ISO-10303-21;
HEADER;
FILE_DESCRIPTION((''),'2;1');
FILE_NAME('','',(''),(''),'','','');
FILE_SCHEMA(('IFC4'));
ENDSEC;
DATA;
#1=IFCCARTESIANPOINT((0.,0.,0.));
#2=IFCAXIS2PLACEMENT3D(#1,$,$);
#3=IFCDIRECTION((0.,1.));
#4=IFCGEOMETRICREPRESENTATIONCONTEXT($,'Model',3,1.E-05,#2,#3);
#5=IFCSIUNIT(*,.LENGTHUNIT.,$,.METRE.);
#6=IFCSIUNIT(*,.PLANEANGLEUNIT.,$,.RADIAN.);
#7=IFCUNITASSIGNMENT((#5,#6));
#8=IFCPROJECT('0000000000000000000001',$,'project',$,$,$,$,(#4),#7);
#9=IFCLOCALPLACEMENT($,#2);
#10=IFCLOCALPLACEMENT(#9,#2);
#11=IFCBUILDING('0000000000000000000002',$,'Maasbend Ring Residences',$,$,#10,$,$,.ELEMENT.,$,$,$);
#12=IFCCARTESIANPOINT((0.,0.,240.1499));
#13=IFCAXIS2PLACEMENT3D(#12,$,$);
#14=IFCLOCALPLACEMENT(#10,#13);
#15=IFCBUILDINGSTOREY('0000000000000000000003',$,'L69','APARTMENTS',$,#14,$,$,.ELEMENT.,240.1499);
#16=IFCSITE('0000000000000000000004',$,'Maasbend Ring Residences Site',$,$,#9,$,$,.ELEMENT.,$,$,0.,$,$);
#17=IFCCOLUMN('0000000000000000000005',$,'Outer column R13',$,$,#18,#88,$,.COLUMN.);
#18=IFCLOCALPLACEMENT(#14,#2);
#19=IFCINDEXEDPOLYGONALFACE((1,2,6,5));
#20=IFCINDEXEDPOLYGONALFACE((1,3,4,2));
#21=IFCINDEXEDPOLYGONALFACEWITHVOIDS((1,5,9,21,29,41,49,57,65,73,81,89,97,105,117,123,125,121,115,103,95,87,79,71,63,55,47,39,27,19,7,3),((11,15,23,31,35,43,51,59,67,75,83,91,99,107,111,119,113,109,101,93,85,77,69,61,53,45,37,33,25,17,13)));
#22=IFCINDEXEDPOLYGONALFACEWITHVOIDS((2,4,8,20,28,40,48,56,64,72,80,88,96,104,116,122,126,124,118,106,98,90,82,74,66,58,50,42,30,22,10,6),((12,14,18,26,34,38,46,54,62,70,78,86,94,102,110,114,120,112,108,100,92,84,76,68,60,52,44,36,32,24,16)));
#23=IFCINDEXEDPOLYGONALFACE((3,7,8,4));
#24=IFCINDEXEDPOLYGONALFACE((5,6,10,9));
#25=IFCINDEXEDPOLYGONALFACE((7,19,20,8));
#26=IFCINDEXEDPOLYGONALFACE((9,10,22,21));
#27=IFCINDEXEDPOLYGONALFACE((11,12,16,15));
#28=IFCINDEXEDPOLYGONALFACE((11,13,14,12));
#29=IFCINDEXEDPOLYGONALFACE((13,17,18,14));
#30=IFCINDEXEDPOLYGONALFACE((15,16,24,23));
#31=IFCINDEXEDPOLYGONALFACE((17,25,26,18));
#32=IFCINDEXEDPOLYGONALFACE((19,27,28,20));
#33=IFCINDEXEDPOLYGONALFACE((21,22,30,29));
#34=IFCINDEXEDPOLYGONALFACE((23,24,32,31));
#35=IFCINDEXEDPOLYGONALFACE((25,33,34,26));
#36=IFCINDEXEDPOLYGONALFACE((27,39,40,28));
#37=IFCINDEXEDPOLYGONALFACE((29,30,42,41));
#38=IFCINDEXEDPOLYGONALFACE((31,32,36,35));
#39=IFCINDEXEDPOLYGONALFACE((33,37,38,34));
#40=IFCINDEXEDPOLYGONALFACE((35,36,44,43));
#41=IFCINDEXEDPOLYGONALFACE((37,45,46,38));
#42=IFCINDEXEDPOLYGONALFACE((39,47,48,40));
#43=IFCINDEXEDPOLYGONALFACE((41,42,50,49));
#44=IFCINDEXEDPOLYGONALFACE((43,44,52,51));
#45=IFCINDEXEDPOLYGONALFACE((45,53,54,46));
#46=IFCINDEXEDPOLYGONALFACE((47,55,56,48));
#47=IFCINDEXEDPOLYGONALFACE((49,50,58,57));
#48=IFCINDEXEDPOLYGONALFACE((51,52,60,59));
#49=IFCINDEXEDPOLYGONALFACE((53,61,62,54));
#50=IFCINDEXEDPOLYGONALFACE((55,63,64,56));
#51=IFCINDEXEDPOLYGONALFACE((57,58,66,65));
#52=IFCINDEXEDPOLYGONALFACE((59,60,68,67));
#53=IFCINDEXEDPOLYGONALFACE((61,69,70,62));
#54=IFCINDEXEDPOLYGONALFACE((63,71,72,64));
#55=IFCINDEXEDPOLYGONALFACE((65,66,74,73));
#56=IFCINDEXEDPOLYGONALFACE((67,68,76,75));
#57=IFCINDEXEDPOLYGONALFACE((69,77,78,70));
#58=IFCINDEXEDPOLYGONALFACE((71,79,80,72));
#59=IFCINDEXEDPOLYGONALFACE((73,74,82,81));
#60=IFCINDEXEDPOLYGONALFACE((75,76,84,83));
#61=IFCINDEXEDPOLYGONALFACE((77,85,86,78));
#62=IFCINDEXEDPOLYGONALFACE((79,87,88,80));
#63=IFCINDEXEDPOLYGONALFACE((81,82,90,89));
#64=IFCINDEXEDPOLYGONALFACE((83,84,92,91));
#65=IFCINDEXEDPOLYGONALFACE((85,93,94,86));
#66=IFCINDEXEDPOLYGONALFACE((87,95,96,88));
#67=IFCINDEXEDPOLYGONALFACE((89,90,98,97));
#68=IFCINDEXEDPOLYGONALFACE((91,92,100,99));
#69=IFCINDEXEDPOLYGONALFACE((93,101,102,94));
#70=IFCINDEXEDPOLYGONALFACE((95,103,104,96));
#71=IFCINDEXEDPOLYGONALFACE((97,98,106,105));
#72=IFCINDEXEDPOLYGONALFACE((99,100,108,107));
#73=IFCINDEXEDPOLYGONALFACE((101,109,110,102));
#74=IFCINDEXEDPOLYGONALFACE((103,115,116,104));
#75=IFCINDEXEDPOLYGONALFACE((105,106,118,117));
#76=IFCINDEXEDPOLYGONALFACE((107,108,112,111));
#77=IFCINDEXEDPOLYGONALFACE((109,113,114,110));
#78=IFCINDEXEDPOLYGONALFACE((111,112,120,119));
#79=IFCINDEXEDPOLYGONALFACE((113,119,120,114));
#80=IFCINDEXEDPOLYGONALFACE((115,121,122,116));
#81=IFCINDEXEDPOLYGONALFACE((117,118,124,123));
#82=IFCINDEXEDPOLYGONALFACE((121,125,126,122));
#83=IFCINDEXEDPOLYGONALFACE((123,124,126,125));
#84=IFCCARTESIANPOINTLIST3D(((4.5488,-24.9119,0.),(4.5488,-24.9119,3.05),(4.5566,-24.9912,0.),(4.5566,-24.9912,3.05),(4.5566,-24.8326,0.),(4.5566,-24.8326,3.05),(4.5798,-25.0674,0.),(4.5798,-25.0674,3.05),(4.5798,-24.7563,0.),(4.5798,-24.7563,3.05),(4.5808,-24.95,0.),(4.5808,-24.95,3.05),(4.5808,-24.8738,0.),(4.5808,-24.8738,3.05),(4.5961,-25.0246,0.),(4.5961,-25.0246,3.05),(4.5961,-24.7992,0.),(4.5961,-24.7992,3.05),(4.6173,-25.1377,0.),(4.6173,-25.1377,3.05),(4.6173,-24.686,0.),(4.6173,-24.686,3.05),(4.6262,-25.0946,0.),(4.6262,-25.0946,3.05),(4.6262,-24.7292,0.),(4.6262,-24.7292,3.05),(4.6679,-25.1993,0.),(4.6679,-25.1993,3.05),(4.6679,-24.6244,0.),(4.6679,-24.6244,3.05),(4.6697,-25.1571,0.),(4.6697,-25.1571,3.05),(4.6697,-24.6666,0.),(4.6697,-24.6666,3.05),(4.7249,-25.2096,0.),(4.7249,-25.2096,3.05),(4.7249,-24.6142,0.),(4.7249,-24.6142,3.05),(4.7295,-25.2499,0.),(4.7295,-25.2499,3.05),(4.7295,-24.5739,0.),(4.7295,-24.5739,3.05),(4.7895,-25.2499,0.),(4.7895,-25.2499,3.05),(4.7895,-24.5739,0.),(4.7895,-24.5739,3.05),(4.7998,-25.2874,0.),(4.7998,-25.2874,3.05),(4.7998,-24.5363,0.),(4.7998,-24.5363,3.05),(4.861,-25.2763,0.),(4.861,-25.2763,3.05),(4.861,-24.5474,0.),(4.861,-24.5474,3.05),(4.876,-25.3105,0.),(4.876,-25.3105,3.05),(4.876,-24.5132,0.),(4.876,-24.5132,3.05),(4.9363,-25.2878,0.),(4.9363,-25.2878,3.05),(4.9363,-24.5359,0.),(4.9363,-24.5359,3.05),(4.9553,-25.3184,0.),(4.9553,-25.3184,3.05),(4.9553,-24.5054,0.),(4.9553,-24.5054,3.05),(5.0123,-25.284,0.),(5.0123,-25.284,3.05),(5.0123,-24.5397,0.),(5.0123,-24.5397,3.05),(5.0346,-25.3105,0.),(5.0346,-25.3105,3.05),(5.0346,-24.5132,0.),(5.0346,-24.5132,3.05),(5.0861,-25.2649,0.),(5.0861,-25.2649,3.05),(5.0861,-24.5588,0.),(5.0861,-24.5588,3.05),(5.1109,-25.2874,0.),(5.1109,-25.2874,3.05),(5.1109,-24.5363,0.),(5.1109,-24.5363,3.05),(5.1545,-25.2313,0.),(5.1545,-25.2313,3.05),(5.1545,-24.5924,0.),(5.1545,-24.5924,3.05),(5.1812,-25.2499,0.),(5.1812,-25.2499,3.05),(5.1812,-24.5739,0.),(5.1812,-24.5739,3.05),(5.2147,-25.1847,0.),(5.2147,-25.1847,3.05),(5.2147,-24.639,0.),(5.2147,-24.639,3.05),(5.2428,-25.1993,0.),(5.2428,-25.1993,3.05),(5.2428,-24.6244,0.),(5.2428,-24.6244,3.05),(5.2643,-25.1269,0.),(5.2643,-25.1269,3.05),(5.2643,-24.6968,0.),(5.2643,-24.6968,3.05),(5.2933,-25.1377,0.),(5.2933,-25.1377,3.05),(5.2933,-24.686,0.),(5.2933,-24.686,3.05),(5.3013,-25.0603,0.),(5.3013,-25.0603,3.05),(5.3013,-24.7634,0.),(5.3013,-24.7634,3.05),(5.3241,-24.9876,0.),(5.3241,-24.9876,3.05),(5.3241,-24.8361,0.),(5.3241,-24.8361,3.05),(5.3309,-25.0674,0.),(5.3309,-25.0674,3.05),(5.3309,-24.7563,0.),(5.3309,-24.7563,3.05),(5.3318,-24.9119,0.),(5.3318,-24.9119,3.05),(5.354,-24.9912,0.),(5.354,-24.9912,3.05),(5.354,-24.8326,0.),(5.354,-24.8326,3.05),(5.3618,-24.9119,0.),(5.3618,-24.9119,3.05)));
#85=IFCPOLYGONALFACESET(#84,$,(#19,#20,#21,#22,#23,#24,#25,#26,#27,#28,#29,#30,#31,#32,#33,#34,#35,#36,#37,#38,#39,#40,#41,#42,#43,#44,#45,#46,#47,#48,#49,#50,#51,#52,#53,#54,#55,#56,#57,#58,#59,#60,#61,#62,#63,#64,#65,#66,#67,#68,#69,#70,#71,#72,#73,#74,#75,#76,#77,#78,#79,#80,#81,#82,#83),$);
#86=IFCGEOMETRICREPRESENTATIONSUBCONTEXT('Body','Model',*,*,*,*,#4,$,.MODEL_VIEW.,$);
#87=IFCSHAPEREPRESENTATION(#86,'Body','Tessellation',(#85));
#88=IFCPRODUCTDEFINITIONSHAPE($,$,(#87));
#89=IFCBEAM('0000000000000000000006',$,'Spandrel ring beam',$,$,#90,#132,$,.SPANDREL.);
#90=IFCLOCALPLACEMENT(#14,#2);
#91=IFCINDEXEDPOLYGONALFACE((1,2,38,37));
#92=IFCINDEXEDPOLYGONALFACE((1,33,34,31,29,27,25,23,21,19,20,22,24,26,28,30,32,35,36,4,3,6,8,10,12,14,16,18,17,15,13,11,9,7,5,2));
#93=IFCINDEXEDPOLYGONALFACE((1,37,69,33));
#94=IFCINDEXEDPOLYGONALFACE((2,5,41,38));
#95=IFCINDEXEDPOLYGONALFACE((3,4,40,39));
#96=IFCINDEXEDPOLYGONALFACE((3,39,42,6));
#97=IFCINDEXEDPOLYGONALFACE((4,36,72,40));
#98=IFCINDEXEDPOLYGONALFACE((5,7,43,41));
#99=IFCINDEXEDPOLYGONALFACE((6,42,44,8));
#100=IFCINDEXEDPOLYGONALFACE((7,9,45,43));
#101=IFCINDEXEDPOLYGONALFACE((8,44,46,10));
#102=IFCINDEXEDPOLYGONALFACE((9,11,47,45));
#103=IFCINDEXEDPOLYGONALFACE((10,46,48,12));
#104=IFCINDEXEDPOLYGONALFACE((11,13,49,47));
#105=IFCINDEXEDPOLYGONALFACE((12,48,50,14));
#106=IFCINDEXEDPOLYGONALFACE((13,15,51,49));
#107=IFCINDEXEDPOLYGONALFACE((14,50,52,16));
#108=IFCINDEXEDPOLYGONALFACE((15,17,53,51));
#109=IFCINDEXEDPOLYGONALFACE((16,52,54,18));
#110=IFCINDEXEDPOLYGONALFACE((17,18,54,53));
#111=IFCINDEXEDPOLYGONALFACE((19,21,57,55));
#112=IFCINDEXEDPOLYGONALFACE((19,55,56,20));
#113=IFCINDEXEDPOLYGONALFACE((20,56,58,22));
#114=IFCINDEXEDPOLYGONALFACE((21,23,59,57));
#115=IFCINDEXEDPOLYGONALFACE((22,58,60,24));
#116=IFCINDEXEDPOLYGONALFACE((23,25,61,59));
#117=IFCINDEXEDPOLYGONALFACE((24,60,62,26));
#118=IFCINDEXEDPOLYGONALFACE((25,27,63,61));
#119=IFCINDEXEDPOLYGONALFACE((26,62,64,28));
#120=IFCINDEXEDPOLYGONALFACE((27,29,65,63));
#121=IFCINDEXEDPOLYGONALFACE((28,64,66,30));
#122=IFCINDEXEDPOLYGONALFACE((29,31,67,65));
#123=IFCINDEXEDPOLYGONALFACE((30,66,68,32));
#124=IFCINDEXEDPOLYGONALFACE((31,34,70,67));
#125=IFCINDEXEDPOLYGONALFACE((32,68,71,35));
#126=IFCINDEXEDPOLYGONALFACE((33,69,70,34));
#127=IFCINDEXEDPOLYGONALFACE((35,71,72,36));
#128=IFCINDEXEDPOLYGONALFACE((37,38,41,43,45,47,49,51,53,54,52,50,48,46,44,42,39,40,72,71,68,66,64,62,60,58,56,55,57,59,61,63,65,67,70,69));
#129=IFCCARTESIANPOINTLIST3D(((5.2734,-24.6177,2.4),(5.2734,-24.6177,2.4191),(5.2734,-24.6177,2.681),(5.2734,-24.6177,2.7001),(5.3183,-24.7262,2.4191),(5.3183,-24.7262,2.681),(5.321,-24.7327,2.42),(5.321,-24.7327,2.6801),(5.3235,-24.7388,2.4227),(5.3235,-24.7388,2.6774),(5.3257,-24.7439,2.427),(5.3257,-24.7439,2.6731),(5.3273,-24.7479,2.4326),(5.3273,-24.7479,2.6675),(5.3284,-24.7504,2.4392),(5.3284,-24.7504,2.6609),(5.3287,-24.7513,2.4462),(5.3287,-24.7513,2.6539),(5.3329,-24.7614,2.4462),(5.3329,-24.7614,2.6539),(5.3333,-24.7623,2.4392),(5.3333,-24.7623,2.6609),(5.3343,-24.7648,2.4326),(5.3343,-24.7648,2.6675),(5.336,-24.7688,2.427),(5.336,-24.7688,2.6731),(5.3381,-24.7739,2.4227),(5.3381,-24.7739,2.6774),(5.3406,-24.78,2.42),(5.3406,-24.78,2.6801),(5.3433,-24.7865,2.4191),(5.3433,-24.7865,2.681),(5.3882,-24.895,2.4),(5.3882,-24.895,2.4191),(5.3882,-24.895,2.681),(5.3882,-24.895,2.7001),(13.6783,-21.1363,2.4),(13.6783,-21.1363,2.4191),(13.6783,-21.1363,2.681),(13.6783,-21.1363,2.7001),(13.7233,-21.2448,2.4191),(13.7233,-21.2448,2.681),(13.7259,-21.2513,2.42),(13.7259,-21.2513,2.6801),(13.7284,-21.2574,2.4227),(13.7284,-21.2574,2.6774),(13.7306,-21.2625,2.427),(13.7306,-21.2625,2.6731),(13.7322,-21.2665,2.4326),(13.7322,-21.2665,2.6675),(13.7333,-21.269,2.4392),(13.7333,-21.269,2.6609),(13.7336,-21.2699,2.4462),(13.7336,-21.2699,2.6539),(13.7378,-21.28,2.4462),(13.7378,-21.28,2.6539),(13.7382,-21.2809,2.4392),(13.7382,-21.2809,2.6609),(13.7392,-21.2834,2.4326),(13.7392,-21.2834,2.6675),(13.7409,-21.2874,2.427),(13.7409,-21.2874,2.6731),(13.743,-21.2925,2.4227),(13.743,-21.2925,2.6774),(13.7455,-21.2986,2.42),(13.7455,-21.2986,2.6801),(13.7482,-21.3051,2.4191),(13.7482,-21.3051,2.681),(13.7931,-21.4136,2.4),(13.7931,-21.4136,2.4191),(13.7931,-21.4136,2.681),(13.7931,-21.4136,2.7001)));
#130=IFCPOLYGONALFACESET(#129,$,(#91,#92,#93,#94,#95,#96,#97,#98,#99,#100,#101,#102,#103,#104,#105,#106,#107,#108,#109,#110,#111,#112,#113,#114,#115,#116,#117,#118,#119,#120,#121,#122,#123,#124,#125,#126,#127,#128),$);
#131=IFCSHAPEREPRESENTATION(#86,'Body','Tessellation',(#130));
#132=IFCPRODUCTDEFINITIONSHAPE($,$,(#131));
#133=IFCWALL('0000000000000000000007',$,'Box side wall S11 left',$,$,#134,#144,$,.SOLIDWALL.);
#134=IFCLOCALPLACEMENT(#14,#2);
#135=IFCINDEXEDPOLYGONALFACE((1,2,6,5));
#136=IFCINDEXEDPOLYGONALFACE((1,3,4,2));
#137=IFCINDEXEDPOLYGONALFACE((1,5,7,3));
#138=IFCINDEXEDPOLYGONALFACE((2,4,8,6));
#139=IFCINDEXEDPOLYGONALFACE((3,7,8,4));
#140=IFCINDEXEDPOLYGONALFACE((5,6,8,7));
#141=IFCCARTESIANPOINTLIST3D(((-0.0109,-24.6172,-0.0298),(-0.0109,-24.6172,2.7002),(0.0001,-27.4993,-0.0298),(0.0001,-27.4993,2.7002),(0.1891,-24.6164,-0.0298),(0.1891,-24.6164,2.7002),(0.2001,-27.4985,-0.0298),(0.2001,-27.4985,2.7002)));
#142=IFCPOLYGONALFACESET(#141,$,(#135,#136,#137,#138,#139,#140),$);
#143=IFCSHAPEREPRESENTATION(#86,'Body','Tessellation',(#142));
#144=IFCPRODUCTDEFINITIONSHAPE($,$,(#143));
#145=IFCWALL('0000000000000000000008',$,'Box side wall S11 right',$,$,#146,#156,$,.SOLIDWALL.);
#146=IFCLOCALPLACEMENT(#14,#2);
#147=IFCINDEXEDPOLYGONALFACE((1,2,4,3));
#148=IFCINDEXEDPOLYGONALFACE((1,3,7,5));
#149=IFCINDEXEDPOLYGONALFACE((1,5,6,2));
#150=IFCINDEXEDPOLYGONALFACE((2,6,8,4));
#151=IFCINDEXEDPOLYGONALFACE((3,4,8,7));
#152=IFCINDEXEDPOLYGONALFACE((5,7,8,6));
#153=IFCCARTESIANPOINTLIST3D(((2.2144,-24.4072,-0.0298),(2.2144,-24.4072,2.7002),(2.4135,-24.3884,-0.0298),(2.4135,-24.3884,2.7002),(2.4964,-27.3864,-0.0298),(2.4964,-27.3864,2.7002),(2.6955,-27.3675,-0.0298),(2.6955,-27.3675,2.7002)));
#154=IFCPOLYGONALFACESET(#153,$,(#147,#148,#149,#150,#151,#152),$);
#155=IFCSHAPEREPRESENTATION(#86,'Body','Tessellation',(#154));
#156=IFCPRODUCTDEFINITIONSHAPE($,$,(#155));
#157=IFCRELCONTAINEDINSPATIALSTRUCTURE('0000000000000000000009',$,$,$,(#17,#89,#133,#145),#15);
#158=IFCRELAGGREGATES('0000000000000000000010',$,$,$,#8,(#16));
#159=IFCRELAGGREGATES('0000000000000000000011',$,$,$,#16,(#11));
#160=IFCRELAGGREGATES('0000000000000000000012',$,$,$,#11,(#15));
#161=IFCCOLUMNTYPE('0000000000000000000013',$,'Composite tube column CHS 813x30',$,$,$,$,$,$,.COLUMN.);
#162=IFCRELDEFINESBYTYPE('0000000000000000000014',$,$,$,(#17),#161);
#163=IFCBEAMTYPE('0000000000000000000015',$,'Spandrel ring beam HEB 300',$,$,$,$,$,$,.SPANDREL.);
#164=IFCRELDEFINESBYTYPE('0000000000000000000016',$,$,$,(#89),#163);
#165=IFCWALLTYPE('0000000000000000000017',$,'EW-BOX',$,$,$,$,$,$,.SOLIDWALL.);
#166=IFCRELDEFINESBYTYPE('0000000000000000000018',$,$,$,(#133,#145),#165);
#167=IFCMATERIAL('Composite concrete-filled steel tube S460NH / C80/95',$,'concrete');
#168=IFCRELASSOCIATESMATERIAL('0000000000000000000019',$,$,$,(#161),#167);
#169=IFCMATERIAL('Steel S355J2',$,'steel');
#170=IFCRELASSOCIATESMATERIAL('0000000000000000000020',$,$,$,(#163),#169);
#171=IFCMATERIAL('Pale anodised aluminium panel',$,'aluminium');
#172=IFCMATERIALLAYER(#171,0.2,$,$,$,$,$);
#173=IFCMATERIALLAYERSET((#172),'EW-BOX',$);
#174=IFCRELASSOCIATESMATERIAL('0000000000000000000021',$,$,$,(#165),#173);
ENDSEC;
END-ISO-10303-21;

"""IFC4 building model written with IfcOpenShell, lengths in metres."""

from ifc_helpers import new_model, si_unit, direction, frame, frame_2d, origin, origin_2d, place, context, subcontext, project, spatial, rectangle, hollow_circle, i_section, extrude, material, layer, layer_set, material_profile, profile_set, type_object, element, save


model = new_model("IFC4")

# Units and contexts
model_context = context("Model", 3, precision=1e-05, world=origin(), true_north=direction((0.0, 1.0)))
body_context = subcontext(model_context, "Body", "Model", "MODEL_VIEW")
ifc_project = project(units=[si_unit("LENGTHUNIT", "METRE"), si_unit("PLANEANGLEUNIT", "RADIAN")], contexts=[model_context])

# Site, building, storey
site_placement = place(None, origin())
site = spatial("IfcSite", under=ifc_project, at=site_placement, Name="Maasbend Ring Residences Site", CompositionType="ELEMENT", RefElevation=0.0)
building_placement = place(site_placement, origin())
building = spatial("IfcBuilding", under=site, at=building_placement, Name="Maasbend Ring Residences", CompositionType="ELEMENT")
storey_placement = place(building_placement, frame((0.0, 0.0, 240.1499)))
storey = spatial("IfcBuildingStorey", under=building, at=storey_placement, Name="L69", Description="APARTMENTS", CompositionType="ELEMENT", Elevation=240.1499)

# Column
ifc_material_1 = material(Name="Composite concrete-filled steel tube S460NH / C80/95", Category="concrete")
ifc_material_profile_1 = material_profile(ifc_material_1, hollow_circle(Radius=0.4065, WallThickness=0.03, at=origin_2d()), Name="Composite tube column CHS 813x30")
ifc_profile_set_1 = profile_set([ifc_material_profile_1], Name="Composite concrete-filled steel tube S460NH / C80/95")
column_type = type_object("IfcColumnType", Name="Composite tube column CHS 813x30", PredefinedType="COLUMN", material=ifc_profile_set_1)
column_placement = place(storey_placement, frame((4.9553, -24.9119, 0.0), z_axis=(0.0, 0.0, 1.0), x_axis=(1.0, 0.0, 0.0)))
element("IfcColumn", 1, at=column_placement, inside=storey, type_object=column_type, Name="Outer column R13", PredefinedType="COLUMN", context=body_context, shape_type="SweptSolid", body=[
    extrude(hollow_circle(Radius=0.4065, WallThickness=0.03, at=origin_2d()), origin(), (0.0, 0.0, 1.0), 3.05),
])

# Beam
ifc_material_2 = material(Name="Steel S355J2", Category="steel")
ifc_material_profile_2 = material_profile(ifc_material_2, i_section(OverallWidth=0.3, OverallDepth=0.3, WebThickness=0.011, FlangeThickness=0.019, FilletRadius=0.0271, at=origin_2d()), Name="HEB 300")
ifc_profile_set_2 = profile_set([ifc_material_profile_2], Name="Steel S355J2")
beam_type = type_object("IfcBeamType", Name="Spandrel ring beam HEB 300", PredefinedType="SPANDREL", material=ifc_profile_set_2)
beam_placement = place(storey_placement, frame((5.3308, -24.7563, 2.55), z_axis=(0.923881, 0.38268, 0.0), x_axis=(-0.38268, 0.923881, 0.0)))
element("IfcBeam", 2, at=beam_placement, inside=storey, type_object=beam_type, Name="Spandrel ring beam", PredefinedType="SPANDREL", context=body_context, shape_type="SweptSolid", body=[
    extrude(i_section(OverallWidth=0.3, OverallDepth=0.3, WebThickness=0.011, FlangeThickness=0.019, FilletRadius=0.0271, at=origin_2d()), origin(), (0.0, 0.0, 1.0), 9.0974),
])

# Walls
ifc_material_3 = material(Name="Pale anodised aluminium panel", Category="aluminium")
ifc_layer_1 = layer(ifc_material_3, 0.2)
ifc_layer_set_1 = layer_set([ifc_layer_1], Name="EW-BOX")
wall_type_1 = type_object("IfcWallType", Name="EW-BOX", PredefinedType="SOLIDWALL", material=ifc_layer_set_1)
wall_1_placement = place(storey_placement, frame((0.0891, -24.6169, -0.0298), z_axis=(0.0, 0.0, 1.0), x_axis=(0.003812, -0.999993, 0.0)))
element("IfcWall", 3, at=wall_1_placement, inside=storey, type_object=wall_type_1, Name="Box side wall S11 left", PredefinedType="SOLIDWALL", context=body_context, shape_type="SweptSolid", body=[
    extrude(rectangle(XDim=2.8821, YDim=0.2, at=frame_2d((1.4409, 0.0))), origin(), (0.0, 0.0, 1.0), 2.73),
])
wall_2_placement = place(storey_placement, frame((2.314, -24.3979, -0.0298), z_axis=(0.0, 0.0, 1.0), x_axis=(0.094235, -0.99555, 0.0)))
element("IfcWall", 4, at=wall_2_placement, inside=storey, type_object=wall_type_1, Name="Box side wall S11 right", PredefinedType="SOLIDWALL", context=body_context, shape_type="SweptSolid", body=[
    extrude(rectangle(XDim=2.9924, YDim=0.2, at=frame_2d((1.4961, 0.0))), origin(), (0.0, 0.0, 1.0), 2.73),
])

save(model, "model.ifc")
